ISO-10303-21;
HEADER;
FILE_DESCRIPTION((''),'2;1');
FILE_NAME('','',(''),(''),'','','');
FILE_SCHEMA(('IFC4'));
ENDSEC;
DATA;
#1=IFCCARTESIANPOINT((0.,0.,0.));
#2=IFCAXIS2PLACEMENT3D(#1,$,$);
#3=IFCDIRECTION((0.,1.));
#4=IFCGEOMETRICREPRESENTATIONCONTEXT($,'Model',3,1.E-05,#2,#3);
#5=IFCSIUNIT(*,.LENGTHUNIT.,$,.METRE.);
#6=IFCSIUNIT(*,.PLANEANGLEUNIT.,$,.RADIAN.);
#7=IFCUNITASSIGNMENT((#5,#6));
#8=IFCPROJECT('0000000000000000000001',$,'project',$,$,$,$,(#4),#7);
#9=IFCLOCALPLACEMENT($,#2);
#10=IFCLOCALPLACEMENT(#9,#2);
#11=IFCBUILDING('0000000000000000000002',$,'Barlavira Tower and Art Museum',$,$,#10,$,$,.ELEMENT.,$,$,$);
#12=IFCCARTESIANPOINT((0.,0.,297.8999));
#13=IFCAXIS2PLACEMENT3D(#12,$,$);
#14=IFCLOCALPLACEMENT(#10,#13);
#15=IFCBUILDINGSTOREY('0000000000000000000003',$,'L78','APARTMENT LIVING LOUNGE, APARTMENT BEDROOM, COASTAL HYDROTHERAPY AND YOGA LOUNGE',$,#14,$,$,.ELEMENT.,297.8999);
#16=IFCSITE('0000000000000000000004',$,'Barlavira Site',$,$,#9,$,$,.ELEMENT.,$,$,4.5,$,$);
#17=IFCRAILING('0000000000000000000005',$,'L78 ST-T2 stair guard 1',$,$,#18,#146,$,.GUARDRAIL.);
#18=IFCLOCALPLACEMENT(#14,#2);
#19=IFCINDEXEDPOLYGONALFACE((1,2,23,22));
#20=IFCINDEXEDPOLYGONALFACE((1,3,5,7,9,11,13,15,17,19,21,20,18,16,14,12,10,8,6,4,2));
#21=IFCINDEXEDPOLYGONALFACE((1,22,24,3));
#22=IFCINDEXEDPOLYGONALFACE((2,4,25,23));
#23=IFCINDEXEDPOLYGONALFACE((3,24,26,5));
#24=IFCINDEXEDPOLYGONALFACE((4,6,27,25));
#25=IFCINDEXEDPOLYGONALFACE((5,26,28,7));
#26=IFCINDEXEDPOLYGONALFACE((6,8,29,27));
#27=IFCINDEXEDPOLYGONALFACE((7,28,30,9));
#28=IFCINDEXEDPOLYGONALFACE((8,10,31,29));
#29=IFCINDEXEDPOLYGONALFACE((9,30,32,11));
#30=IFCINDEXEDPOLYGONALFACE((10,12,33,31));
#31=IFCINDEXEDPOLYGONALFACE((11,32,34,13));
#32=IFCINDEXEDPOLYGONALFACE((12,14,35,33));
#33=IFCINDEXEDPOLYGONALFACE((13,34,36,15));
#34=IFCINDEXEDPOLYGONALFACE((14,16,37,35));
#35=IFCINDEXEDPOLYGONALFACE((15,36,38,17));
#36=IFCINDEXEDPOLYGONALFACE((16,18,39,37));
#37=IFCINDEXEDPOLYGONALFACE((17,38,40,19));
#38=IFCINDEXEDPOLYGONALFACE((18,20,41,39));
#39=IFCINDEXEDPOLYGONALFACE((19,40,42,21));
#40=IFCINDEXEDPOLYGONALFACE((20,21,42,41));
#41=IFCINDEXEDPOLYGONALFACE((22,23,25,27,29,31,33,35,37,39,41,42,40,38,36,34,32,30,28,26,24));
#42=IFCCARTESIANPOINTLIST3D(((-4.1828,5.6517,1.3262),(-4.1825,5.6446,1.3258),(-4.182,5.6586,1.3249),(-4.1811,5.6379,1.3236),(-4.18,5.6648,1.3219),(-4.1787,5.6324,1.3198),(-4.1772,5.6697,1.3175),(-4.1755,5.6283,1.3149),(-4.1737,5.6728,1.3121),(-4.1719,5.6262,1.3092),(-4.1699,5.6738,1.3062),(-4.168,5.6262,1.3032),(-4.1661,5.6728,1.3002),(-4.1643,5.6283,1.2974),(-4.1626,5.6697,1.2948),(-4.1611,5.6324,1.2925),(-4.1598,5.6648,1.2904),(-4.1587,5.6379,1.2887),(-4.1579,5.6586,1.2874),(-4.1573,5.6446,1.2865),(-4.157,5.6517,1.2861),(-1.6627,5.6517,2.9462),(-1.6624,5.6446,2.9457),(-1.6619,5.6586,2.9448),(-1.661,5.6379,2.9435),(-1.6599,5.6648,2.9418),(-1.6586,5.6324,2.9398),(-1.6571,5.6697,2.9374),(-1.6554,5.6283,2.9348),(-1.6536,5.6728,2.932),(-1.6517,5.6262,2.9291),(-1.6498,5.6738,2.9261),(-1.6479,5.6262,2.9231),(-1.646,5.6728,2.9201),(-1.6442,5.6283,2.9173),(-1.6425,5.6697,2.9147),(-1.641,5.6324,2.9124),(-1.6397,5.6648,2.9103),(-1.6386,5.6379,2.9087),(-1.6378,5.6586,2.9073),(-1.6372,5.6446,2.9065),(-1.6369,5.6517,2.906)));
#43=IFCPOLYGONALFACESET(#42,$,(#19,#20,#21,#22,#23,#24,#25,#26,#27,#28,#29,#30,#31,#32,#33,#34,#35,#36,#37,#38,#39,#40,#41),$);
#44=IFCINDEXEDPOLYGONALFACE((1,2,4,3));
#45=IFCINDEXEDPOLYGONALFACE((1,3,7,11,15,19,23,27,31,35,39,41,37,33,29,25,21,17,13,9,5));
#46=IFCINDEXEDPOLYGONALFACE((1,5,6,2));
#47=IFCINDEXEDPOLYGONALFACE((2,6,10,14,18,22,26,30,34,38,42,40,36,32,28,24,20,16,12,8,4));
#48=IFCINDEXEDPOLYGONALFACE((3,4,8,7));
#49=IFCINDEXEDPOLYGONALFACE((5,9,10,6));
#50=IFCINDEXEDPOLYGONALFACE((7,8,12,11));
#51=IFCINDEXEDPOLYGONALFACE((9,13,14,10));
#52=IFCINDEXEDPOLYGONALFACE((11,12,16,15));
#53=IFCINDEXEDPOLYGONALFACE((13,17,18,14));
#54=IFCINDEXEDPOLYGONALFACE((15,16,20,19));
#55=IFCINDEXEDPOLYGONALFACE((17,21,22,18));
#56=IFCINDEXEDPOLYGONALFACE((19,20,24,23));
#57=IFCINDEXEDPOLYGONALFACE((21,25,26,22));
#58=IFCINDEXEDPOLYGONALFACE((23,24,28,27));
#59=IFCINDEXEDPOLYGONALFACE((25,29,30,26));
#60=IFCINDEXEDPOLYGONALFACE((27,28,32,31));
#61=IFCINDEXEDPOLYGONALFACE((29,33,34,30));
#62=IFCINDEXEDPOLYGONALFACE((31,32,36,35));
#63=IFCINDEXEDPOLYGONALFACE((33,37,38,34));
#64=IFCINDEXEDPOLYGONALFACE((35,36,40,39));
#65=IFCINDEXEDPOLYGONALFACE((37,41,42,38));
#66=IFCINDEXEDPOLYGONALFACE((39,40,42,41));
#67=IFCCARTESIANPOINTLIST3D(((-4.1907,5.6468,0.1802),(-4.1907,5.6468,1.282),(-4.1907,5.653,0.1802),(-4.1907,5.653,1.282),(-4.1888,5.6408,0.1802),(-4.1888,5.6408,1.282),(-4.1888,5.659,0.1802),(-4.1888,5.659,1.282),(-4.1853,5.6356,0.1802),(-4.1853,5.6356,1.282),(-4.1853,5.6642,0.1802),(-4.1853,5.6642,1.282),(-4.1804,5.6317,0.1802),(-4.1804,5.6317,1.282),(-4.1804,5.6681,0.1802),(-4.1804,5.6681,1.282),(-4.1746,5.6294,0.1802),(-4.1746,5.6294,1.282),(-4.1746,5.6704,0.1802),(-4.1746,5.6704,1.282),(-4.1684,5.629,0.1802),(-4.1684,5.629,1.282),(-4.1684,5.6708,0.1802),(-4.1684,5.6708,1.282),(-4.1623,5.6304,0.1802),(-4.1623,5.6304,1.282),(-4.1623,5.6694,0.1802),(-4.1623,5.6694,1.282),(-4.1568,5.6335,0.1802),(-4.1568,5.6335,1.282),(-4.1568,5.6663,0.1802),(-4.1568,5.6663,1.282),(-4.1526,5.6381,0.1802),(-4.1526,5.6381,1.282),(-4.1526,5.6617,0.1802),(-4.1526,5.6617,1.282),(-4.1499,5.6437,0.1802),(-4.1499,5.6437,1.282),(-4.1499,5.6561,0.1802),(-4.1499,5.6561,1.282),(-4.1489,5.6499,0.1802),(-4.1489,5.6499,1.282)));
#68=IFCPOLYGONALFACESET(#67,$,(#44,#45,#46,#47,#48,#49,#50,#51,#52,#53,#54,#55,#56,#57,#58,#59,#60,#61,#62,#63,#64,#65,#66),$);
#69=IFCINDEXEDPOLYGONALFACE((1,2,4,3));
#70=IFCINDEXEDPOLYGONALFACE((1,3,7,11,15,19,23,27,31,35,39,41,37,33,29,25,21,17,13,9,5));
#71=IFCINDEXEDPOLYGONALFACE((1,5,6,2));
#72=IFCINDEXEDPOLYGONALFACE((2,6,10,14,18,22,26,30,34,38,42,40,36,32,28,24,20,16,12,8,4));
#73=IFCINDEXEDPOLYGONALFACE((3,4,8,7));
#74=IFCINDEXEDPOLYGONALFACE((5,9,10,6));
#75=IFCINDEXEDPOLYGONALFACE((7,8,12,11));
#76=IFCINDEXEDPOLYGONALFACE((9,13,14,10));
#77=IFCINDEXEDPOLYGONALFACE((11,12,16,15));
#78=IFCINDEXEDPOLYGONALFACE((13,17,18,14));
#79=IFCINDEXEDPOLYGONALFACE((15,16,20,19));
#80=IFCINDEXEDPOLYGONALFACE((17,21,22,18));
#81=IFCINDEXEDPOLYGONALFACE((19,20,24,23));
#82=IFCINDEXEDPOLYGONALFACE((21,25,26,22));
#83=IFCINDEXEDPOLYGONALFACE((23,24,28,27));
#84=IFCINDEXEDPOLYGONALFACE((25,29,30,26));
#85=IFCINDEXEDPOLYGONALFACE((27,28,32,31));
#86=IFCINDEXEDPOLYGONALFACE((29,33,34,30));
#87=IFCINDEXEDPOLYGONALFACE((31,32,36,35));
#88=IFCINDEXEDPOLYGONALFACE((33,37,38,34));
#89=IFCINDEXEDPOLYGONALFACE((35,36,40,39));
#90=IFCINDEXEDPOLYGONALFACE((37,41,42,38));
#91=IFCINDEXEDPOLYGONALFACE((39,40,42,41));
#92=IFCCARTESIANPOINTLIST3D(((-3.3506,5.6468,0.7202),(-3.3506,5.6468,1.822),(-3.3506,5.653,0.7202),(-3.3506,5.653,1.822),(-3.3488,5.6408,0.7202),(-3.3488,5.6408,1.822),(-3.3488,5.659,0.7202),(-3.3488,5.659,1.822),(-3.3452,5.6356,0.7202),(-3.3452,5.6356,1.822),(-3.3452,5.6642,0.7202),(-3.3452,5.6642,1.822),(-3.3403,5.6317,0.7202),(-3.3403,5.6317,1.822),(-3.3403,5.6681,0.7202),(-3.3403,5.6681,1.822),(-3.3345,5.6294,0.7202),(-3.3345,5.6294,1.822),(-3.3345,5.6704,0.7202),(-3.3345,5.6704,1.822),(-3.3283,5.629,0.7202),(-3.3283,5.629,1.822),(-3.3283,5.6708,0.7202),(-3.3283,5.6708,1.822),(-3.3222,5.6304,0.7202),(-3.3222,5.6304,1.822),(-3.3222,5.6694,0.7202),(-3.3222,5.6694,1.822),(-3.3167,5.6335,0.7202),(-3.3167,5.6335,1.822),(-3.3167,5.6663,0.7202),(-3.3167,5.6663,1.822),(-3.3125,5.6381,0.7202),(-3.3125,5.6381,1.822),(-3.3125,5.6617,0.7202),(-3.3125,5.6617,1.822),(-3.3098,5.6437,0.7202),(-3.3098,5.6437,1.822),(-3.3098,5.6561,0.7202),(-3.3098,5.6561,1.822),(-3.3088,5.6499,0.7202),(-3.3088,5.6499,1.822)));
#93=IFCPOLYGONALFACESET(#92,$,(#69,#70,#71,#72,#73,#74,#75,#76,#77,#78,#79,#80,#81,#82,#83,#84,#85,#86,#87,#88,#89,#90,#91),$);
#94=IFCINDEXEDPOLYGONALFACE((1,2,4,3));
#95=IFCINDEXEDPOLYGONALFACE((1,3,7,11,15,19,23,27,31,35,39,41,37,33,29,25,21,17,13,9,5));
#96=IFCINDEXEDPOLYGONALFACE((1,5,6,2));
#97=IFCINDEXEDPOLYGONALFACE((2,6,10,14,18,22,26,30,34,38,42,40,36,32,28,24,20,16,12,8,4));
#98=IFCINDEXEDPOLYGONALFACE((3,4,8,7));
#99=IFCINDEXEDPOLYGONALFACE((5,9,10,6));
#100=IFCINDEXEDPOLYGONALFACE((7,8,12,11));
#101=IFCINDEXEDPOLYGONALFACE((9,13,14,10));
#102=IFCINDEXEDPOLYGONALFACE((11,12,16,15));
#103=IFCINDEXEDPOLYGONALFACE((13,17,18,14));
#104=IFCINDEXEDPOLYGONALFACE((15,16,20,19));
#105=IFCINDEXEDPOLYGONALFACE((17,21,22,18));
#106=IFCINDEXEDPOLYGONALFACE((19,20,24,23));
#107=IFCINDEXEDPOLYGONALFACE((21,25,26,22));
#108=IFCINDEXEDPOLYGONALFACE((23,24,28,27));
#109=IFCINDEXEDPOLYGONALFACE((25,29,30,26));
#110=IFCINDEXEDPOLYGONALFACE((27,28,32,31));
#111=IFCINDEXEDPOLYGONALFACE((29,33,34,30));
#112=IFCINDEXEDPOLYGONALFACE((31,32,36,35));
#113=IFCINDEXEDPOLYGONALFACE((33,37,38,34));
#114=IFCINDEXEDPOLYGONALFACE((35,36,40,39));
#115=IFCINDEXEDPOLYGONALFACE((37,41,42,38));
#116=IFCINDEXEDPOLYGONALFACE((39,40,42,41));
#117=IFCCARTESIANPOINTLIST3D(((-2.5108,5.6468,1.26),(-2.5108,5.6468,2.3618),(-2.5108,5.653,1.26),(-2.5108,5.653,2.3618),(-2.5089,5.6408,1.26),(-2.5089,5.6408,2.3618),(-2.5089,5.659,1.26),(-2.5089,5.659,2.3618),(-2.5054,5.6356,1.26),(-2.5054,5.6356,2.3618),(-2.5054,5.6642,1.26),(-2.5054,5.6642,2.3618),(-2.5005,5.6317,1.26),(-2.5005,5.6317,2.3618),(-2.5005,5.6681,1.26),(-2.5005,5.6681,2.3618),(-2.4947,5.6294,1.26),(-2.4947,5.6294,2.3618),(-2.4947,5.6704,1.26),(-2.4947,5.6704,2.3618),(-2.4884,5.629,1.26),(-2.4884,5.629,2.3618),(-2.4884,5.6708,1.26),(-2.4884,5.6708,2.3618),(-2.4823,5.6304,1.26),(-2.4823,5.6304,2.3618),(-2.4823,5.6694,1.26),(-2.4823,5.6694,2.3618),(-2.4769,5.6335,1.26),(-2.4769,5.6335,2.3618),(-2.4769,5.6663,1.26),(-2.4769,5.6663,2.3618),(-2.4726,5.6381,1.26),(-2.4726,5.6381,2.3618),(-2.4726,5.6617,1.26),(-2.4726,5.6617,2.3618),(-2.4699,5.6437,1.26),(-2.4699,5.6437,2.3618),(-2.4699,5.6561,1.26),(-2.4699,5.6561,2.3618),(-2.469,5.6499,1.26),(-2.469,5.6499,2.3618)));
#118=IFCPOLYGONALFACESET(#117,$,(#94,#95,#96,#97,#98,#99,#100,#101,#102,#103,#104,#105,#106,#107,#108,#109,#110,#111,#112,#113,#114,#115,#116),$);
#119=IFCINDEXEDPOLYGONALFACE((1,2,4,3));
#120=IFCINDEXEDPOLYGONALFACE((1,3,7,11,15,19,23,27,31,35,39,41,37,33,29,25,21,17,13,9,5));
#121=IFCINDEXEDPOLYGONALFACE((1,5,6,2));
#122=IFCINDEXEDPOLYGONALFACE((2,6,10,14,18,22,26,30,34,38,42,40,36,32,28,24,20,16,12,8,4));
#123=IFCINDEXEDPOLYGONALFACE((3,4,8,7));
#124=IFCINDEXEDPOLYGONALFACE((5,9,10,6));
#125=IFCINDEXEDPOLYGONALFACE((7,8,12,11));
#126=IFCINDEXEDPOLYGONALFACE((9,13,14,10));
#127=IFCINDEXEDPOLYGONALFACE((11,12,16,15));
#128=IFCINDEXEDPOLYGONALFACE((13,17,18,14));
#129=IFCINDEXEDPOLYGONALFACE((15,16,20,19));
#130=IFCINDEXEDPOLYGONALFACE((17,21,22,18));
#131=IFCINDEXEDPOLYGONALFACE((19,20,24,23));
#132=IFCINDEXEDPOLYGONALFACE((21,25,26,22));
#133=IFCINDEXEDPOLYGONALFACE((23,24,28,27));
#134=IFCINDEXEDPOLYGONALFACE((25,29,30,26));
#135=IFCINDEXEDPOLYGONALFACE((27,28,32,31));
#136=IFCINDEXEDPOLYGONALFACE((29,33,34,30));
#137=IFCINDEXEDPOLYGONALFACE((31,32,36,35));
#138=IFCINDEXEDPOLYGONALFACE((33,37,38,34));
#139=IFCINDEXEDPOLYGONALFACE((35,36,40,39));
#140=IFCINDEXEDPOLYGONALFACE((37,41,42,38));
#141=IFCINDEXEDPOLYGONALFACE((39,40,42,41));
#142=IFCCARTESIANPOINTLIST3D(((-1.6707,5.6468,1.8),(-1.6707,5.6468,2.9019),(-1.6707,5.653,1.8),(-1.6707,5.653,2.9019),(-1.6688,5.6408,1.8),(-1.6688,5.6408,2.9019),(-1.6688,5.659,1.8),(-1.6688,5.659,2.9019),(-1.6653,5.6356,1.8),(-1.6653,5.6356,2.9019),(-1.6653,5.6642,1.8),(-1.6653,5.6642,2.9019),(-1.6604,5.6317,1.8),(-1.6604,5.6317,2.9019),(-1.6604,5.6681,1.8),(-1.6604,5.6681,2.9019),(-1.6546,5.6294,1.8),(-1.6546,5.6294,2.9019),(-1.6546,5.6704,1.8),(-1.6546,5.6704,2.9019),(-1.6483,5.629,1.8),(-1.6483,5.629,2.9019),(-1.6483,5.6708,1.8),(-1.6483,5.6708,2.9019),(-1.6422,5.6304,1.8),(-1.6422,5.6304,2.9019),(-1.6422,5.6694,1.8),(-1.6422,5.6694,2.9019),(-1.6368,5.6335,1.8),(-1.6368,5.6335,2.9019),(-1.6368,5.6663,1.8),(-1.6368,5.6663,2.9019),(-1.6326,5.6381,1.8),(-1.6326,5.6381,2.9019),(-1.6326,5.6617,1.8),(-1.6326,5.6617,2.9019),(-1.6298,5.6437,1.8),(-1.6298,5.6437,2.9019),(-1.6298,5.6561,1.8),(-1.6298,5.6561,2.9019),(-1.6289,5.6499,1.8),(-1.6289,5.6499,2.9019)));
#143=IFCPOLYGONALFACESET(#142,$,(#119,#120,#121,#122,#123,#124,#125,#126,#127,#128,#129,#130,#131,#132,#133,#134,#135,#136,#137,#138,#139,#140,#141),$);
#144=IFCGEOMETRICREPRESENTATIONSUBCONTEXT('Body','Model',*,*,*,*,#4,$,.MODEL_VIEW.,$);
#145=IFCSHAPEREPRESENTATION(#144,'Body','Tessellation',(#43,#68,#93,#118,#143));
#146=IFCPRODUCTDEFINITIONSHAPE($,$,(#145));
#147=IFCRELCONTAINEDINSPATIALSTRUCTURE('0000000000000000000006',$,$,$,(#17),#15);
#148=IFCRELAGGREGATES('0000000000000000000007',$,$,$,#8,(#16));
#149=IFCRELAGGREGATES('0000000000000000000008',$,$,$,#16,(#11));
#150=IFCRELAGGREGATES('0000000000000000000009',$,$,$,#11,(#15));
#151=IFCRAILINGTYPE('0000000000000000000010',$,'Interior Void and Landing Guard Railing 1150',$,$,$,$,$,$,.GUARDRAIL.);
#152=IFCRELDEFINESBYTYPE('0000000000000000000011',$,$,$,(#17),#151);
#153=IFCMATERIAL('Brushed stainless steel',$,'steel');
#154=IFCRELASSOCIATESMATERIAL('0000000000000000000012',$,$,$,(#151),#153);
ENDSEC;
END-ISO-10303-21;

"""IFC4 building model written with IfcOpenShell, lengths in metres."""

from ifc_helpers import new_model, si_unit, direction, frame, origin, origin_2d, place, context, subcontext, project, spatial, circle, extrude, material, type_object, element, save


model = new_model("IFC4")

# Units and contexts
model_context = context("Model", 3, precision=1e-05, world=origin(), true_north=direction((0.0, 1.0)))
body_context = subcontext(model_context, "Body", "Model", "MODEL_VIEW")
ifc_project = project(units=[si_unit("LENGTHUNIT", "METRE"), si_unit("PLANEANGLEUNIT", "RADIAN")], contexts=[model_context])

# Site, building, storey
site_placement = place(None, origin())
site = spatial("IfcSite", under=ifc_project, at=site_placement, Name="Barlavira Site", CompositionType="ELEMENT", RefElevation=4.5)
building_placement = place(site_placement, origin())
building = spatial("IfcBuilding", under=site, at=building_placement, Name="Barlavira Tower and Art Museum", CompositionType="ELEMENT")
storey_placement = place(building_placement, frame((0.0, 0.0, 297.8999)))
storey = spatial("IfcBuildingStorey", under=building, at=storey_placement, Name="L78", Description="APARTMENT LIVING LOUNGE, APARTMENT BEDROOM, COASTAL HYDROTHERAPY AND YOGA LOUNGE", CompositionType="ELEMENT", Elevation=297.8999)

# Shared definitions
ifc_material_1 = material(Name="Brushed stainless steel", Category="steel")

# Railing
railing_type_1 = type_object("IfcRailingType", Name="Interior Void and Landing Guard Railing 1150", PredefinedType="GUARDRAIL", material=ifc_material_1)
railing_1_placement = place(storey_placement, frame((-4.1699, 5.6499, 0.1802)))
element("IfcRailing", 1, at=railing_1_placement, inside=storey, type_object=railing_type_1, Name="L78 ST-T2 stair guard 1", PredefinedType="GUARDRAIL", context=body_context, shape_type="SweptSolid", body=[
    extrude(circle(Radius=0.0239, at=origin_2d()), frame((0.0, 0.0, 1.126), z_axis=(0.8412, 0.0, 0.540725), x_axis=(0.0, 1.0, 0.0)), (0.0, 0.0, 1.0), 2.9958),
    extrude(circle(Radius=0.021, at=origin_2d()), origin(), (0.0, 0.0, 1.0), 1.1018),
    extrude(circle(Radius=0.021, at=origin_2d()), frame((0.8401, 0.0, 0.54)), (0.0, 0.0, 1.0), 1.1018),
    extrude(circle(Radius=0.021, at=origin_2d()), frame((1.6799, 0.0, 1.0798)), (0.0, 0.0, 1.0), 1.1018),
    extrude(circle(Radius=0.021, at=origin_2d()), frame((2.52, 0.0, 1.6199)), (0.0, 0.0, 1.0), 1.1018),
])

save(model, "model.ifc")
